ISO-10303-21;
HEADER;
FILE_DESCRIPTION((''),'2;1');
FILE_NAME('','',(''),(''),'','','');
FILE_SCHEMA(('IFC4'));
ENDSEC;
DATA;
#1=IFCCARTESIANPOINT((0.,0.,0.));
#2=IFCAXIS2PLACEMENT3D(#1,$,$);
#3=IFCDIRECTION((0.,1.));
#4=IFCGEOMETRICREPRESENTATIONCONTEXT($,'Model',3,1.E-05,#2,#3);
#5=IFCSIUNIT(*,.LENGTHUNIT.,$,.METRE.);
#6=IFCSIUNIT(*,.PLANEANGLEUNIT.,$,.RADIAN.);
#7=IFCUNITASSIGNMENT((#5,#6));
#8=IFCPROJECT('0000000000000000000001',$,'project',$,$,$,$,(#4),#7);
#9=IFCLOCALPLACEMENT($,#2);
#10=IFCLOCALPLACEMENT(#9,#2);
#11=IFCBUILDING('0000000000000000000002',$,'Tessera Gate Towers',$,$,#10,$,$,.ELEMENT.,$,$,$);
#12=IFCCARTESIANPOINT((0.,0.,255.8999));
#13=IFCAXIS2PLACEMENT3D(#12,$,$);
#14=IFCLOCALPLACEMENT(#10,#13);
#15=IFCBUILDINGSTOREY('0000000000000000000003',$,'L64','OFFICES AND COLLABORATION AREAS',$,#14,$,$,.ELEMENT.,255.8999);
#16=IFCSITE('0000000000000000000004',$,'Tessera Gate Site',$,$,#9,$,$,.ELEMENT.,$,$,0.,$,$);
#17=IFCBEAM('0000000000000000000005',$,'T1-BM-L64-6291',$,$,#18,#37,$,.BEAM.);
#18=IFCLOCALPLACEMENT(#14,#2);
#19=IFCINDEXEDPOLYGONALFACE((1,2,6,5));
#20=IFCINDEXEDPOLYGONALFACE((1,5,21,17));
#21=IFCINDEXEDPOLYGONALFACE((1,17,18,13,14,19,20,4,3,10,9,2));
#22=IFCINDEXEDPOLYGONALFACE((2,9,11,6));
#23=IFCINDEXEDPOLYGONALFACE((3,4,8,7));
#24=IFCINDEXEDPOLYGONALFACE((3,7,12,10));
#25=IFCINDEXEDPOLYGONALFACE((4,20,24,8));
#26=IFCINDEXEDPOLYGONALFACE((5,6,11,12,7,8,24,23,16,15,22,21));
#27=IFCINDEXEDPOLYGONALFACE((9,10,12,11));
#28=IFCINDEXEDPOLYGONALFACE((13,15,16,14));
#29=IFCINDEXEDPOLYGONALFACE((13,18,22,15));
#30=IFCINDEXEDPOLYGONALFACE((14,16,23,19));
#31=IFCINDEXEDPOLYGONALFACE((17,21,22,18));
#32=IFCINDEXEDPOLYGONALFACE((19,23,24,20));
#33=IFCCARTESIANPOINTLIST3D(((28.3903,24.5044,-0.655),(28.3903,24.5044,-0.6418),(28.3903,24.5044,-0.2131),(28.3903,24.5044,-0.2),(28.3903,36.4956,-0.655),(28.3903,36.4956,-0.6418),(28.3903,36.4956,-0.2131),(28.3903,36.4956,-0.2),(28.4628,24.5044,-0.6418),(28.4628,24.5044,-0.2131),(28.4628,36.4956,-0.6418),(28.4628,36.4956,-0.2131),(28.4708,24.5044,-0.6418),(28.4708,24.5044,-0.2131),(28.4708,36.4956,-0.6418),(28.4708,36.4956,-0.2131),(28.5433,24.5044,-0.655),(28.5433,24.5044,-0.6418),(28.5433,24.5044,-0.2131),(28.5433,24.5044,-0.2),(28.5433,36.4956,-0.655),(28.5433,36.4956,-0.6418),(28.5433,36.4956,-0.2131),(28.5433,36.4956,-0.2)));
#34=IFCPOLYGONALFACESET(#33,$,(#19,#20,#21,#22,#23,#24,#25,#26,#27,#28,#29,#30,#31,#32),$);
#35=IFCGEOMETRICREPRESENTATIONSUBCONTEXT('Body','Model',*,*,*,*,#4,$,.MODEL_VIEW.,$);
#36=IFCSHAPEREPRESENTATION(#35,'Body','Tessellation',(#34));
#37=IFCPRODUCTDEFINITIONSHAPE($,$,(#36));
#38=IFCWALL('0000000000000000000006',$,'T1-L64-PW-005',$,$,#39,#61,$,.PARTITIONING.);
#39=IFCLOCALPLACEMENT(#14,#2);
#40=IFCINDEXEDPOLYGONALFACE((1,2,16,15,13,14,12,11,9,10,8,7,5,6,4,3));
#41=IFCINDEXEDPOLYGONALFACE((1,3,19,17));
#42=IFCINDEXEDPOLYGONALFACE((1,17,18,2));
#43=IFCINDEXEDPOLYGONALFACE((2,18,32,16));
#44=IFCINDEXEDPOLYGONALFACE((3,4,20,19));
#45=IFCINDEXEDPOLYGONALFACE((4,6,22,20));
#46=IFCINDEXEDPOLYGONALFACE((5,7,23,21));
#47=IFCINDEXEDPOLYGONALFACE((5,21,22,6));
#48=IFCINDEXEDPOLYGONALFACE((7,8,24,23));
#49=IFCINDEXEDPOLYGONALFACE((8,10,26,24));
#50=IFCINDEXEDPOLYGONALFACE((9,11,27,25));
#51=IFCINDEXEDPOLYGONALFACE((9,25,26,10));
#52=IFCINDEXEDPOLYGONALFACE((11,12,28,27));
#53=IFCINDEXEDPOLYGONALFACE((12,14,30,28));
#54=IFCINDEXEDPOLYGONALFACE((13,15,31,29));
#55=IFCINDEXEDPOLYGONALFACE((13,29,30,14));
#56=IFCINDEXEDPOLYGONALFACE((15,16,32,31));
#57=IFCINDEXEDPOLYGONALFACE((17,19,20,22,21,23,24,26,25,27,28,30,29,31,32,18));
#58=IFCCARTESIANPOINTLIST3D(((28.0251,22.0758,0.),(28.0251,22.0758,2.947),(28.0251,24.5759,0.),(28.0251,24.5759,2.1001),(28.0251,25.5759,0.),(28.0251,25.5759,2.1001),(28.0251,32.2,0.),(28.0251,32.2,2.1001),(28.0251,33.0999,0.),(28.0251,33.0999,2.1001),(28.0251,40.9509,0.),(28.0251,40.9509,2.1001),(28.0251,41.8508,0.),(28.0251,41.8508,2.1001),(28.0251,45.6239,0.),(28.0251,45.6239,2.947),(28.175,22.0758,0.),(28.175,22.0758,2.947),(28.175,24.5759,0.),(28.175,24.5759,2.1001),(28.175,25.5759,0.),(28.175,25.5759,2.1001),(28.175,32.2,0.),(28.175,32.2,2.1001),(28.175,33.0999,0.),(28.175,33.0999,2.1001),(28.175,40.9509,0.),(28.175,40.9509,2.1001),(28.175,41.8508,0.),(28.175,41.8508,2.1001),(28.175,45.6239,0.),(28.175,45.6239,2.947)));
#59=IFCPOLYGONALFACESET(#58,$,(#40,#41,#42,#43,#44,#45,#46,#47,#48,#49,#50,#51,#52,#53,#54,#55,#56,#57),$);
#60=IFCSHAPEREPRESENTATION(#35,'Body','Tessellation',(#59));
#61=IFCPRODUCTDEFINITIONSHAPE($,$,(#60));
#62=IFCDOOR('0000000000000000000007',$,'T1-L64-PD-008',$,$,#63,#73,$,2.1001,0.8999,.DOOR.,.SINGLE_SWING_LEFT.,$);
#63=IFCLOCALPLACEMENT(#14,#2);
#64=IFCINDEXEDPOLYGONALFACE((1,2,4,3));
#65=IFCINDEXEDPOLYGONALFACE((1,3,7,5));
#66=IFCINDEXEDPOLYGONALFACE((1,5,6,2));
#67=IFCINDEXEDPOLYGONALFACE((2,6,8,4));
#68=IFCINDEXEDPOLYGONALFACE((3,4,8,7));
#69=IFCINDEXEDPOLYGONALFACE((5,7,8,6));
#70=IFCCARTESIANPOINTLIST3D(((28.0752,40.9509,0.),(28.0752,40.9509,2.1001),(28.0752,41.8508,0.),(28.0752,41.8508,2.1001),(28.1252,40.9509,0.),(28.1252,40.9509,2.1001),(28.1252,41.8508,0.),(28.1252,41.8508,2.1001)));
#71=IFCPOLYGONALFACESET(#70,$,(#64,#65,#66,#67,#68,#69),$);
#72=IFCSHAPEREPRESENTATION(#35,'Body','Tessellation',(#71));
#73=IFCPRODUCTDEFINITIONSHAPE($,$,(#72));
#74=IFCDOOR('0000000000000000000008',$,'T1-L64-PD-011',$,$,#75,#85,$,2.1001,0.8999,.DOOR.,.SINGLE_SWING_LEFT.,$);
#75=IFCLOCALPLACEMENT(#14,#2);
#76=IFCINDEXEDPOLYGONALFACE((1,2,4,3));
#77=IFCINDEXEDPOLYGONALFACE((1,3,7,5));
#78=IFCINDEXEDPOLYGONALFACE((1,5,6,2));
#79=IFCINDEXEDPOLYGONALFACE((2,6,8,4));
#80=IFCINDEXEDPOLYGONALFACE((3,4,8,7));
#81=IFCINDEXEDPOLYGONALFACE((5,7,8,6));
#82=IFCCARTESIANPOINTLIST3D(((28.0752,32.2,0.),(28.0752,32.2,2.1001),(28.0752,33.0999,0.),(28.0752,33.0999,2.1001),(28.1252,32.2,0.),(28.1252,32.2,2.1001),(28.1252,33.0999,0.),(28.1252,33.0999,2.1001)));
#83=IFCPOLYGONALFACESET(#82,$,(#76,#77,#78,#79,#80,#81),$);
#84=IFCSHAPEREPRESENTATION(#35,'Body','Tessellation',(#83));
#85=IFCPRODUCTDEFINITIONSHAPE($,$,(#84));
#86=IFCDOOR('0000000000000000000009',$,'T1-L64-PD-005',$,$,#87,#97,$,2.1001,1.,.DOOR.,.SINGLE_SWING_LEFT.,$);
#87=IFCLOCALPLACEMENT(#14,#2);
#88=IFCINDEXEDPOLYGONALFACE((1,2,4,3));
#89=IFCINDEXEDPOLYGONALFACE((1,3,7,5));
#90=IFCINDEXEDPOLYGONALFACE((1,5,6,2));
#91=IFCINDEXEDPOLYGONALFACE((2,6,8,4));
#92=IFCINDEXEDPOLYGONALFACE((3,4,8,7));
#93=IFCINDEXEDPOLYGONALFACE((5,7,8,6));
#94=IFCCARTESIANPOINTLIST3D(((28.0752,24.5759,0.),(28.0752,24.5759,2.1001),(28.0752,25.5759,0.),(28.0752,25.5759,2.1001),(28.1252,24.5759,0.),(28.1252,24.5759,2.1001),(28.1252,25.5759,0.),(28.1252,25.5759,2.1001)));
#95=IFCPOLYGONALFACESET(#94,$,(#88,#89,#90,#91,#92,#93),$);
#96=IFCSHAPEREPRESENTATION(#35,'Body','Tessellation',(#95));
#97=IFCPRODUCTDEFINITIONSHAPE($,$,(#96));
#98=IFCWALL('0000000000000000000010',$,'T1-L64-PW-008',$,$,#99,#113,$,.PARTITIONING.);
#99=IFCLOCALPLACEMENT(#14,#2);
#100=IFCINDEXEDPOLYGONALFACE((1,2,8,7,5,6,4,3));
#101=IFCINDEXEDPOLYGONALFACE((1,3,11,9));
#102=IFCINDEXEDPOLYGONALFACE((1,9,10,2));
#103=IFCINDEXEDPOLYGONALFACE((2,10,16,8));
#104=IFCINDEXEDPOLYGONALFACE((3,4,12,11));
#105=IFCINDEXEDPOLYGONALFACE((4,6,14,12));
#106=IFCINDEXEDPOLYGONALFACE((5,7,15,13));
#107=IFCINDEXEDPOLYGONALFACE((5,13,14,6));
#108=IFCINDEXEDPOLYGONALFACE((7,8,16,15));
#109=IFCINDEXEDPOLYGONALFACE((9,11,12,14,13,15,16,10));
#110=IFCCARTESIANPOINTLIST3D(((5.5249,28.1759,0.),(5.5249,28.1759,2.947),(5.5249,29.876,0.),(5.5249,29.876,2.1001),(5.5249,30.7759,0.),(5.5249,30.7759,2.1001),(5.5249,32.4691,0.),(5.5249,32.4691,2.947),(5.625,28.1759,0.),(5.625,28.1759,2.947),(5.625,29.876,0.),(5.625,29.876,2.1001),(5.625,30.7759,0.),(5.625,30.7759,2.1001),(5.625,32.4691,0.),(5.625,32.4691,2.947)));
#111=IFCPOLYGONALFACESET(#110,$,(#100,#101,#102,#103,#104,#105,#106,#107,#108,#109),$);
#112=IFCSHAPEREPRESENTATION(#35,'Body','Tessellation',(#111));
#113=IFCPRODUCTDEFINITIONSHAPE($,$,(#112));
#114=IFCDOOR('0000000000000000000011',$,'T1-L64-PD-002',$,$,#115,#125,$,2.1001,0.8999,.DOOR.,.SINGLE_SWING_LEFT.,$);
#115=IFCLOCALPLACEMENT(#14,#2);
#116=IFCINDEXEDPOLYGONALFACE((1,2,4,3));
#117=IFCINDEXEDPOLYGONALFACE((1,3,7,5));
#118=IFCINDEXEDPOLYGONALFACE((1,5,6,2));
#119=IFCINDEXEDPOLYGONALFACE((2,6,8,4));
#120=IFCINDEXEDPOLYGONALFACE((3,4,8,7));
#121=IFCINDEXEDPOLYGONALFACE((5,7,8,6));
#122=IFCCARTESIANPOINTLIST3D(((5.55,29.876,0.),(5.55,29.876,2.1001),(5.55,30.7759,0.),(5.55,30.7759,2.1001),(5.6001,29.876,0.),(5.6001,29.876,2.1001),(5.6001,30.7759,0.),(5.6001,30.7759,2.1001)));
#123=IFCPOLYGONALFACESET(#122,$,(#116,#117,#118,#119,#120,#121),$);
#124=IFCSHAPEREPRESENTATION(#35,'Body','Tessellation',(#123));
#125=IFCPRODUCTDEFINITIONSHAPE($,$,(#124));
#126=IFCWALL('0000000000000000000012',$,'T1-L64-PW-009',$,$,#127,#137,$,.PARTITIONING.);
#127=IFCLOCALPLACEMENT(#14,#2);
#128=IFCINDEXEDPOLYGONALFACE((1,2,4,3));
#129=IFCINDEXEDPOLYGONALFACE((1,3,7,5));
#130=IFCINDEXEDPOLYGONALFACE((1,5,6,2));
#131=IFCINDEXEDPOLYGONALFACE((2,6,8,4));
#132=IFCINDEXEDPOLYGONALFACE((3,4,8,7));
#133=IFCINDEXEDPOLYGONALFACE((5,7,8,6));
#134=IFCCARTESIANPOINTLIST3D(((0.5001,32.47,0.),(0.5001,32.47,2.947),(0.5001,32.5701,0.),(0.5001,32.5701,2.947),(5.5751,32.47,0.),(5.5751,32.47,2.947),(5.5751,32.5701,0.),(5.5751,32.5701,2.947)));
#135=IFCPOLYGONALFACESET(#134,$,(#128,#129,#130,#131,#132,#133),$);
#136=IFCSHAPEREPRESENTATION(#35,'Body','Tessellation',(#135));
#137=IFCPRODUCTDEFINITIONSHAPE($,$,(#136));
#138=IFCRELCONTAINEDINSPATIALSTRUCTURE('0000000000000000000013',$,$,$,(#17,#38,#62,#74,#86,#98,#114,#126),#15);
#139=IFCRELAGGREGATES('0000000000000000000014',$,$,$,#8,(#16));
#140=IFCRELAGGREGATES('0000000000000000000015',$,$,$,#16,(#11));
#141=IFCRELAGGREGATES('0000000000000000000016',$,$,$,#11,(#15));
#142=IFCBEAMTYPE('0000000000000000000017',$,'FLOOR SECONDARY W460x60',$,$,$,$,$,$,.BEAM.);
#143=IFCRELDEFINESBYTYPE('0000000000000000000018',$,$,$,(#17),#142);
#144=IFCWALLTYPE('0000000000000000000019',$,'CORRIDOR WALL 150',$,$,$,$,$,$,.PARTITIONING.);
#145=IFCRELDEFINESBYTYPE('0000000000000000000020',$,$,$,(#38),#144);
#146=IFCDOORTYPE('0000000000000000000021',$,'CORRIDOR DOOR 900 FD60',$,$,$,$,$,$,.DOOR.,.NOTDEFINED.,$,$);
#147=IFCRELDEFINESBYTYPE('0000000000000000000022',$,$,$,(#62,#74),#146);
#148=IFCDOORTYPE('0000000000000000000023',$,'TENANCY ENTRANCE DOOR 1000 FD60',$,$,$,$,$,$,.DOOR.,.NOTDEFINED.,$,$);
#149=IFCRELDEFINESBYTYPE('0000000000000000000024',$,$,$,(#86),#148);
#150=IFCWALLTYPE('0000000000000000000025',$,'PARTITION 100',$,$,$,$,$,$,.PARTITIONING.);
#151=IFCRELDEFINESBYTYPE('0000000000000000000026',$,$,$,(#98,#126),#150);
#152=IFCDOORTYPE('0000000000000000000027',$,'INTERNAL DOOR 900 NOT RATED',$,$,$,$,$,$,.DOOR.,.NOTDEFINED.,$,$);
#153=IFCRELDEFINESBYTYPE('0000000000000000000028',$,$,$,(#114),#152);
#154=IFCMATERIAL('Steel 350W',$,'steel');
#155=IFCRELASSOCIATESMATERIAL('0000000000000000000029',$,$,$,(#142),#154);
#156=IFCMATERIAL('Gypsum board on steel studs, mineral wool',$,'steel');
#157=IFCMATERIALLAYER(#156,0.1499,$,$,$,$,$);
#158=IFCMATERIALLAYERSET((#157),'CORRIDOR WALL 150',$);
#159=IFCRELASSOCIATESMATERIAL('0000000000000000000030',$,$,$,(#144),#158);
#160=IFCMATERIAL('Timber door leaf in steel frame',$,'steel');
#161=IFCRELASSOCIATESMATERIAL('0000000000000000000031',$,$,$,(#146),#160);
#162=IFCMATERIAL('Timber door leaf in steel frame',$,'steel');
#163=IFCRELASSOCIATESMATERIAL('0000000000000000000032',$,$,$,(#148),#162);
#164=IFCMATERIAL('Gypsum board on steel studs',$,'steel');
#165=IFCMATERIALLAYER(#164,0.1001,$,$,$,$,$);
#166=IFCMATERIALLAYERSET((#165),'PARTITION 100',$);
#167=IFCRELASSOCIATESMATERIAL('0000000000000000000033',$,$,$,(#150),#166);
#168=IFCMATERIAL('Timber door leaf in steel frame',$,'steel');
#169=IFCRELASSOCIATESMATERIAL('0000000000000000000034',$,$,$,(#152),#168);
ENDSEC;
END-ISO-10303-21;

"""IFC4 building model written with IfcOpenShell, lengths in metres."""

from ifc_helpers import new_model, si_unit, direction, frame, frame_2d, origin, origin_2d, place, context, subcontext, project, spatial, rectangle, i_section, extrude, source, transform, mapped, material, layer, layer_set, material_profile, profile_set, type_object, element, fill, save


model = new_model("IFC4")

# Units and contexts
model_context = context("Model", 3, precision=1e-05, world=origin(), true_north=direction((0.0, 1.0)))
body_context = subcontext(model_context, "Body", "Model", "MODEL_VIEW")
ifc_project = project(units=[si_unit("LENGTHUNIT", "METRE"), si_unit("PLANEANGLEUNIT", "RADIAN")], contexts=[model_context])

# Site, building, storey
site_placement = place(None, origin())
site = spatial("IfcSite", under=ifc_project, at=site_placement, Name="Tessera Gate Site", CompositionType="ELEMENT", RefElevation=0.0)
building_placement = place(site_placement, origin())
building = spatial("IfcBuilding", under=site, at=building_placement, Name="Tessera Gate Towers", CompositionType="ELEMENT")
storey_placement = place(building_placement, frame((0.0, 0.0, 255.8999)))
storey = spatial("IfcBuildingStorey", under=building, at=storey_placement, Name="L64", Description="OFFICES AND COLLABORATION AREAS", CompositionType="ELEMENT", Elevation=255.8999)

# Beam
ifc_material_1 = material(Name="Steel 350W", Category="steel")
ifc_material_profile_1 = material_profile(ifc_material_1, i_section(OverallWidth=0.1531, OverallDepth=0.4551, WebThickness=0.0081, FlangeThickness=0.0132, at=origin_2d()), Name="W460x60")
ifc_profile_set_1 = profile_set([ifc_material_profile_1], Name="Steel 350W")
beam_type_1 = type_object("IfcBeamType", Name="FLOOR SECONDARY W460x60", PredefinedType="BEAM", material=ifc_profile_set_1)
for number, where, z_axis, x_axis, name in (
    (1, (28.4668, 24.5044, -0.4275), (0.0, 1.0, 0.0), (-1.0, 0.0, 0.0), "T1-BM-L64-6291"),
):
    element("IfcBeam", number, at=place(storey_placement, frame(where, z_axis=z_axis, x_axis=x_axis)), inside=storey, type_object=beam_type_1, Name=name, PredefinedType="BEAM", context=body_context, shape_type="SweptSolid", body=[
        extrude(i_section(OverallWidth=0.1531, OverallDepth=0.4551, WebThickness=0.0081, FlangeThickness=0.0132, at=origin_2d()), origin(), (0.0, 0.0, 1.0), 11.9912),
    ])

# Wall, openings, doors
ifc_material_2 = material(Name="Gypsum board on steel studs, mineral wool", Category="steel")
ifc_layer_1 = layer(ifc_material_2, 0.1499)
ifc_layer_set_1 = layer_set([ifc_layer_1], Name="CORRIDOR WALL 150")
wall_type_1 = type_object("IfcWallType", Name="CORRIDOR WALL 150", PredefinedType="PARTITIONING", material=ifc_layer_set_1)
wall_1_placement = place(storey_placement, frame((28.1001, 22.0759, 0.0), z_axis=(0.0, 0.0, 1.0), x_axis=(0.0, 1.0, 0.0)))
wall_1 = element("IfcWall", 2, at=wall_1_placement, inside=storey, type_object=wall_type_1, Name="T1-L64-PW-005", PredefinedType="PARTITIONING", context=body_context, shape_type="SweptSolid", body=[
    extrude(rectangle(XDim=23.5481, YDim=0.1499, at=frame_2d((11.7739, 0.0))), origin(), (0.0, 0.0, 1.0), 2.947),
])
shared_shape_1 = source(origin(), body_context, "Body", "SweptSolid", [
    extrude(rectangle(XDim=1.0, YDim=2.1001, at=frame_2d((0.5, 1.05))), frame((0.0, 0.085, 0.0), z_axis=(0.0, -1.0, 0.0), x_axis=(1.0, 0.0, 0.0)), (0.0, 0.0, 1.0), 0.1699),
])
opening_1_placement = place(wall_1_placement, frame((2.5, 0.0, 0.0)))
opening_1 = element("IfcOpeningElement", 3, at=opening_1_placement, cuts=wall_1, PredefinedType="OPENING", context=body_context, shape_type="MappedRepresentation", body=[
    mapped(shared_shape_1, transform((0.0, 0.0, 0.0), scale=1.0)),
])
shared_shape_2 = source(origin(), body_context, "Body", "SweptSolid", [
    extrude(rectangle(XDim=0.8999, YDim=2.1001, at=frame_2d((0.45, 1.05))), frame((0.0, 0.085, 0.0), z_axis=(0.0, -1.0, 0.0), x_axis=(1.0, 0.0, 0.0)), (0.0, 0.0, 1.0), 0.1699),
])
opening_2_placement = place(wall_1_placement, frame((18.875, 0.0, 0.0)))
opening_2 = element("IfcOpeningElement", 4, at=opening_2_placement, cuts=wall_1, PredefinedType="OPENING", context=body_context, shape_type="MappedRepresentation", body=[
    mapped(shared_shape_2, transform((0.0, 0.0, 0.0), scale=1.0)),
])
opening_3_placement = place(wall_1_placement, frame((10.124, 0.0, 0.0)))
opening_3 = element("IfcOpeningElement", 5, at=opening_3_placement, cuts=wall_1, PredefinedType="OPENING", context=body_context, shape_type="MappedRepresentation", body=[
    mapped(shared_shape_2, transform((0.0, 0.0, 0.0), scale=1.0)),
])
ifc_material_3 = material(Name="Timber door leaf in steel frame", Category="steel")
door_type_1 = type_object("IfcDoorType", Name="CORRIDOR DOOR 900 FD60", OperationType="NOTDEFINED", PredefinedType="DOOR", material=ifc_material_3)
shared_shape_3 = source(origin(), body_context, "Body", "SweptSolid", [
    extrude(rectangle(XDim=0.8999, YDim=2.1001, at=frame_2d((0.45, 1.05))), frame((0.0, 0.0249, 0.0), z_axis=(0.0, -1.0, 0.0), x_axis=(1.0, 0.0, 0.0)), (0.0, 0.0, 1.0), 0.05),
])
door_1_placement = place(opening_2_placement, origin())
door_1 = element("IfcDoor", 6, at=door_1_placement, inside=storey, type_object=door_type_1, Name="T1-L64-PD-008", OperationType="SINGLE_SWING_LEFT", OverallHeight=2.1001, OverallWidth=0.8999, PredefinedType="DOOR", context=body_context, shape_type="MappedRepresentation", body=[
    mapped(shared_shape_3, transform((0.0, 0.0, 0.0), scale=1.0)),
])
fill(opening_2, door_1)
door_2_placement = place(opening_3_placement, origin())
door_2 = element("IfcDoor", 7, at=door_2_placement, inside=storey, type_object=door_type_1, Name="T1-L64-PD-011", OperationType="SINGLE_SWING_LEFT", OverallHeight=2.1001, OverallWidth=0.8999, PredefinedType="DOOR", context=body_context, shape_type="MappedRepresentation", body=[
    mapped(shared_shape_3, transform((0.0, 0.0, 0.0), scale=1.0)),
])
fill(opening_3, door_2)
ifc_material_4 = material(Name="Timber door leaf in steel frame", Category="steel")
door_type_2 = type_object("IfcDoorType", Name="TENANCY ENTRANCE DOOR 1000 FD60", OperationType="NOTDEFINED", PredefinedType="DOOR", material=ifc_material_4)
shared_shape_4 = source(origin(), body_context, "Body", "SweptSolid", [
    extrude(rectangle(XDim=1.0, YDim=2.1001, at=frame_2d((0.5, 1.05))), frame((0.0, 0.0249, 0.0), z_axis=(0.0, -1.0, 0.0), x_axis=(1.0, 0.0, 0.0)), (0.0, 0.0, 1.0), 0.05),
])
door_3_placement = place(opening_1_placement, origin())
door_3 = element("IfcDoor", 8, at=door_3_placement, inside=storey, type_object=door_type_2, Name="T1-L64-PD-005", OperationType="SINGLE_SWING_LEFT", OverallHeight=2.1001, OverallWidth=1.0, PredefinedType="DOOR", context=body_context, shape_type="MappedRepresentation", body=[
    mapped(shared_shape_4, transform((0.0, 0.0, 0.0), scale=1.0)),
])
fill(opening_1, door_3)

# Wall, opening, door
ifc_material_5 = material(Name="Gypsum board on steel studs", Category="steel")
ifc_layer_2 = layer(ifc_material_5, 0.1001)
ifc_layer_set_2 = layer_set([ifc_layer_2], Name="PARTITION 100")
wall_type_2 = type_object("IfcWallType", Name="PARTITION 100", PredefinedType="PARTITIONING", material=ifc_layer_set_2)
wall_2_placement = place(storey_placement, frame((5.575, 28.176, 0.0), z_axis=(0.0, 0.0, 1.0), x_axis=(0.0, 1.0, 0.0)))
wall_2 = element("IfcWall", 9, at=wall_2_placement, inside=storey, type_object=wall_type_2, Name="T1-L64-PW-008", PredefinedType="PARTITIONING", context=body_context, shape_type="SweptSolid", body=[
    extrude(rectangle(XDim=4.2932, YDim=0.1001, at=frame_2d((2.1465, 0.0))), origin(), (0.0, 0.0, 1.0), 2.947),
])
shared_shape_5 = source(origin(), body_context, "Body", "SweptSolid", [
    extrude(rectangle(XDim=0.8999, YDim=2.1001, at=frame_2d((0.45, 1.05))), frame((0.0, 0.0601, 0.0), z_axis=(0.0, -1.0, 0.0), x_axis=(1.0, 0.0, 0.0)), (0.0, 0.0, 1.0), 0.1201),
])
opening_4_placement = place(wall_2_placement, frame((1.7, 0.0, 0.0)))
opening_4 = element("IfcOpeningElement", 10, at=opening_4_placement, cuts=wall_2, PredefinedType="OPENING", context=body_context, shape_type="MappedRepresentation", body=[
    mapped(shared_shape_5, transform((0.0, 0.0, 0.0), scale=1.0)),
])
ifc_material_6 = material(Name="Timber door leaf in steel frame", Category="steel")
door_type_3 = type_object("IfcDoorType", Name="INTERNAL DOOR 900 NOT RATED", OperationType="NOTDEFINED", PredefinedType="DOOR", material=ifc_material_6)
door_4_placement = place(opening_4_placement, origin())
door_4 = element("IfcDoor", 11, at=door_4_placement, inside=storey, type_object=door_type_3, Name="T1-L64-PD-002", OperationType="SINGLE_SWING_LEFT", OverallHeight=2.1001, OverallWidth=0.8999, PredefinedType="DOOR", context=body_context, shape_type="MappedRepresentation", body=[
    mapped(shared_shape_3, transform((0.0, 0.0, 0.0), scale=1.0)),
])
fill(opening_4, door_4)

# Wall
wall_3_placement = place(storey_placement, frame((0.5, 32.52, 0.0), z_axis=(0.0, 0.0, 1.0), x_axis=(1.0, 0.0, 0.0)))
element("IfcWall", 12, at=wall_3_placement, inside=storey, type_object=wall_type_2, Name="T1-L64-PW-009", PredefinedType="PARTITIONING", context=body_context, shape_type="SweptSolid", body=[
    extrude(rectangle(XDim=5.075, YDim=0.1001, at=frame_2d((2.5376, 0.0))), origin(), (0.0, 0.0, 1.0), 2.947),
])

save(model, "model.ifc")
